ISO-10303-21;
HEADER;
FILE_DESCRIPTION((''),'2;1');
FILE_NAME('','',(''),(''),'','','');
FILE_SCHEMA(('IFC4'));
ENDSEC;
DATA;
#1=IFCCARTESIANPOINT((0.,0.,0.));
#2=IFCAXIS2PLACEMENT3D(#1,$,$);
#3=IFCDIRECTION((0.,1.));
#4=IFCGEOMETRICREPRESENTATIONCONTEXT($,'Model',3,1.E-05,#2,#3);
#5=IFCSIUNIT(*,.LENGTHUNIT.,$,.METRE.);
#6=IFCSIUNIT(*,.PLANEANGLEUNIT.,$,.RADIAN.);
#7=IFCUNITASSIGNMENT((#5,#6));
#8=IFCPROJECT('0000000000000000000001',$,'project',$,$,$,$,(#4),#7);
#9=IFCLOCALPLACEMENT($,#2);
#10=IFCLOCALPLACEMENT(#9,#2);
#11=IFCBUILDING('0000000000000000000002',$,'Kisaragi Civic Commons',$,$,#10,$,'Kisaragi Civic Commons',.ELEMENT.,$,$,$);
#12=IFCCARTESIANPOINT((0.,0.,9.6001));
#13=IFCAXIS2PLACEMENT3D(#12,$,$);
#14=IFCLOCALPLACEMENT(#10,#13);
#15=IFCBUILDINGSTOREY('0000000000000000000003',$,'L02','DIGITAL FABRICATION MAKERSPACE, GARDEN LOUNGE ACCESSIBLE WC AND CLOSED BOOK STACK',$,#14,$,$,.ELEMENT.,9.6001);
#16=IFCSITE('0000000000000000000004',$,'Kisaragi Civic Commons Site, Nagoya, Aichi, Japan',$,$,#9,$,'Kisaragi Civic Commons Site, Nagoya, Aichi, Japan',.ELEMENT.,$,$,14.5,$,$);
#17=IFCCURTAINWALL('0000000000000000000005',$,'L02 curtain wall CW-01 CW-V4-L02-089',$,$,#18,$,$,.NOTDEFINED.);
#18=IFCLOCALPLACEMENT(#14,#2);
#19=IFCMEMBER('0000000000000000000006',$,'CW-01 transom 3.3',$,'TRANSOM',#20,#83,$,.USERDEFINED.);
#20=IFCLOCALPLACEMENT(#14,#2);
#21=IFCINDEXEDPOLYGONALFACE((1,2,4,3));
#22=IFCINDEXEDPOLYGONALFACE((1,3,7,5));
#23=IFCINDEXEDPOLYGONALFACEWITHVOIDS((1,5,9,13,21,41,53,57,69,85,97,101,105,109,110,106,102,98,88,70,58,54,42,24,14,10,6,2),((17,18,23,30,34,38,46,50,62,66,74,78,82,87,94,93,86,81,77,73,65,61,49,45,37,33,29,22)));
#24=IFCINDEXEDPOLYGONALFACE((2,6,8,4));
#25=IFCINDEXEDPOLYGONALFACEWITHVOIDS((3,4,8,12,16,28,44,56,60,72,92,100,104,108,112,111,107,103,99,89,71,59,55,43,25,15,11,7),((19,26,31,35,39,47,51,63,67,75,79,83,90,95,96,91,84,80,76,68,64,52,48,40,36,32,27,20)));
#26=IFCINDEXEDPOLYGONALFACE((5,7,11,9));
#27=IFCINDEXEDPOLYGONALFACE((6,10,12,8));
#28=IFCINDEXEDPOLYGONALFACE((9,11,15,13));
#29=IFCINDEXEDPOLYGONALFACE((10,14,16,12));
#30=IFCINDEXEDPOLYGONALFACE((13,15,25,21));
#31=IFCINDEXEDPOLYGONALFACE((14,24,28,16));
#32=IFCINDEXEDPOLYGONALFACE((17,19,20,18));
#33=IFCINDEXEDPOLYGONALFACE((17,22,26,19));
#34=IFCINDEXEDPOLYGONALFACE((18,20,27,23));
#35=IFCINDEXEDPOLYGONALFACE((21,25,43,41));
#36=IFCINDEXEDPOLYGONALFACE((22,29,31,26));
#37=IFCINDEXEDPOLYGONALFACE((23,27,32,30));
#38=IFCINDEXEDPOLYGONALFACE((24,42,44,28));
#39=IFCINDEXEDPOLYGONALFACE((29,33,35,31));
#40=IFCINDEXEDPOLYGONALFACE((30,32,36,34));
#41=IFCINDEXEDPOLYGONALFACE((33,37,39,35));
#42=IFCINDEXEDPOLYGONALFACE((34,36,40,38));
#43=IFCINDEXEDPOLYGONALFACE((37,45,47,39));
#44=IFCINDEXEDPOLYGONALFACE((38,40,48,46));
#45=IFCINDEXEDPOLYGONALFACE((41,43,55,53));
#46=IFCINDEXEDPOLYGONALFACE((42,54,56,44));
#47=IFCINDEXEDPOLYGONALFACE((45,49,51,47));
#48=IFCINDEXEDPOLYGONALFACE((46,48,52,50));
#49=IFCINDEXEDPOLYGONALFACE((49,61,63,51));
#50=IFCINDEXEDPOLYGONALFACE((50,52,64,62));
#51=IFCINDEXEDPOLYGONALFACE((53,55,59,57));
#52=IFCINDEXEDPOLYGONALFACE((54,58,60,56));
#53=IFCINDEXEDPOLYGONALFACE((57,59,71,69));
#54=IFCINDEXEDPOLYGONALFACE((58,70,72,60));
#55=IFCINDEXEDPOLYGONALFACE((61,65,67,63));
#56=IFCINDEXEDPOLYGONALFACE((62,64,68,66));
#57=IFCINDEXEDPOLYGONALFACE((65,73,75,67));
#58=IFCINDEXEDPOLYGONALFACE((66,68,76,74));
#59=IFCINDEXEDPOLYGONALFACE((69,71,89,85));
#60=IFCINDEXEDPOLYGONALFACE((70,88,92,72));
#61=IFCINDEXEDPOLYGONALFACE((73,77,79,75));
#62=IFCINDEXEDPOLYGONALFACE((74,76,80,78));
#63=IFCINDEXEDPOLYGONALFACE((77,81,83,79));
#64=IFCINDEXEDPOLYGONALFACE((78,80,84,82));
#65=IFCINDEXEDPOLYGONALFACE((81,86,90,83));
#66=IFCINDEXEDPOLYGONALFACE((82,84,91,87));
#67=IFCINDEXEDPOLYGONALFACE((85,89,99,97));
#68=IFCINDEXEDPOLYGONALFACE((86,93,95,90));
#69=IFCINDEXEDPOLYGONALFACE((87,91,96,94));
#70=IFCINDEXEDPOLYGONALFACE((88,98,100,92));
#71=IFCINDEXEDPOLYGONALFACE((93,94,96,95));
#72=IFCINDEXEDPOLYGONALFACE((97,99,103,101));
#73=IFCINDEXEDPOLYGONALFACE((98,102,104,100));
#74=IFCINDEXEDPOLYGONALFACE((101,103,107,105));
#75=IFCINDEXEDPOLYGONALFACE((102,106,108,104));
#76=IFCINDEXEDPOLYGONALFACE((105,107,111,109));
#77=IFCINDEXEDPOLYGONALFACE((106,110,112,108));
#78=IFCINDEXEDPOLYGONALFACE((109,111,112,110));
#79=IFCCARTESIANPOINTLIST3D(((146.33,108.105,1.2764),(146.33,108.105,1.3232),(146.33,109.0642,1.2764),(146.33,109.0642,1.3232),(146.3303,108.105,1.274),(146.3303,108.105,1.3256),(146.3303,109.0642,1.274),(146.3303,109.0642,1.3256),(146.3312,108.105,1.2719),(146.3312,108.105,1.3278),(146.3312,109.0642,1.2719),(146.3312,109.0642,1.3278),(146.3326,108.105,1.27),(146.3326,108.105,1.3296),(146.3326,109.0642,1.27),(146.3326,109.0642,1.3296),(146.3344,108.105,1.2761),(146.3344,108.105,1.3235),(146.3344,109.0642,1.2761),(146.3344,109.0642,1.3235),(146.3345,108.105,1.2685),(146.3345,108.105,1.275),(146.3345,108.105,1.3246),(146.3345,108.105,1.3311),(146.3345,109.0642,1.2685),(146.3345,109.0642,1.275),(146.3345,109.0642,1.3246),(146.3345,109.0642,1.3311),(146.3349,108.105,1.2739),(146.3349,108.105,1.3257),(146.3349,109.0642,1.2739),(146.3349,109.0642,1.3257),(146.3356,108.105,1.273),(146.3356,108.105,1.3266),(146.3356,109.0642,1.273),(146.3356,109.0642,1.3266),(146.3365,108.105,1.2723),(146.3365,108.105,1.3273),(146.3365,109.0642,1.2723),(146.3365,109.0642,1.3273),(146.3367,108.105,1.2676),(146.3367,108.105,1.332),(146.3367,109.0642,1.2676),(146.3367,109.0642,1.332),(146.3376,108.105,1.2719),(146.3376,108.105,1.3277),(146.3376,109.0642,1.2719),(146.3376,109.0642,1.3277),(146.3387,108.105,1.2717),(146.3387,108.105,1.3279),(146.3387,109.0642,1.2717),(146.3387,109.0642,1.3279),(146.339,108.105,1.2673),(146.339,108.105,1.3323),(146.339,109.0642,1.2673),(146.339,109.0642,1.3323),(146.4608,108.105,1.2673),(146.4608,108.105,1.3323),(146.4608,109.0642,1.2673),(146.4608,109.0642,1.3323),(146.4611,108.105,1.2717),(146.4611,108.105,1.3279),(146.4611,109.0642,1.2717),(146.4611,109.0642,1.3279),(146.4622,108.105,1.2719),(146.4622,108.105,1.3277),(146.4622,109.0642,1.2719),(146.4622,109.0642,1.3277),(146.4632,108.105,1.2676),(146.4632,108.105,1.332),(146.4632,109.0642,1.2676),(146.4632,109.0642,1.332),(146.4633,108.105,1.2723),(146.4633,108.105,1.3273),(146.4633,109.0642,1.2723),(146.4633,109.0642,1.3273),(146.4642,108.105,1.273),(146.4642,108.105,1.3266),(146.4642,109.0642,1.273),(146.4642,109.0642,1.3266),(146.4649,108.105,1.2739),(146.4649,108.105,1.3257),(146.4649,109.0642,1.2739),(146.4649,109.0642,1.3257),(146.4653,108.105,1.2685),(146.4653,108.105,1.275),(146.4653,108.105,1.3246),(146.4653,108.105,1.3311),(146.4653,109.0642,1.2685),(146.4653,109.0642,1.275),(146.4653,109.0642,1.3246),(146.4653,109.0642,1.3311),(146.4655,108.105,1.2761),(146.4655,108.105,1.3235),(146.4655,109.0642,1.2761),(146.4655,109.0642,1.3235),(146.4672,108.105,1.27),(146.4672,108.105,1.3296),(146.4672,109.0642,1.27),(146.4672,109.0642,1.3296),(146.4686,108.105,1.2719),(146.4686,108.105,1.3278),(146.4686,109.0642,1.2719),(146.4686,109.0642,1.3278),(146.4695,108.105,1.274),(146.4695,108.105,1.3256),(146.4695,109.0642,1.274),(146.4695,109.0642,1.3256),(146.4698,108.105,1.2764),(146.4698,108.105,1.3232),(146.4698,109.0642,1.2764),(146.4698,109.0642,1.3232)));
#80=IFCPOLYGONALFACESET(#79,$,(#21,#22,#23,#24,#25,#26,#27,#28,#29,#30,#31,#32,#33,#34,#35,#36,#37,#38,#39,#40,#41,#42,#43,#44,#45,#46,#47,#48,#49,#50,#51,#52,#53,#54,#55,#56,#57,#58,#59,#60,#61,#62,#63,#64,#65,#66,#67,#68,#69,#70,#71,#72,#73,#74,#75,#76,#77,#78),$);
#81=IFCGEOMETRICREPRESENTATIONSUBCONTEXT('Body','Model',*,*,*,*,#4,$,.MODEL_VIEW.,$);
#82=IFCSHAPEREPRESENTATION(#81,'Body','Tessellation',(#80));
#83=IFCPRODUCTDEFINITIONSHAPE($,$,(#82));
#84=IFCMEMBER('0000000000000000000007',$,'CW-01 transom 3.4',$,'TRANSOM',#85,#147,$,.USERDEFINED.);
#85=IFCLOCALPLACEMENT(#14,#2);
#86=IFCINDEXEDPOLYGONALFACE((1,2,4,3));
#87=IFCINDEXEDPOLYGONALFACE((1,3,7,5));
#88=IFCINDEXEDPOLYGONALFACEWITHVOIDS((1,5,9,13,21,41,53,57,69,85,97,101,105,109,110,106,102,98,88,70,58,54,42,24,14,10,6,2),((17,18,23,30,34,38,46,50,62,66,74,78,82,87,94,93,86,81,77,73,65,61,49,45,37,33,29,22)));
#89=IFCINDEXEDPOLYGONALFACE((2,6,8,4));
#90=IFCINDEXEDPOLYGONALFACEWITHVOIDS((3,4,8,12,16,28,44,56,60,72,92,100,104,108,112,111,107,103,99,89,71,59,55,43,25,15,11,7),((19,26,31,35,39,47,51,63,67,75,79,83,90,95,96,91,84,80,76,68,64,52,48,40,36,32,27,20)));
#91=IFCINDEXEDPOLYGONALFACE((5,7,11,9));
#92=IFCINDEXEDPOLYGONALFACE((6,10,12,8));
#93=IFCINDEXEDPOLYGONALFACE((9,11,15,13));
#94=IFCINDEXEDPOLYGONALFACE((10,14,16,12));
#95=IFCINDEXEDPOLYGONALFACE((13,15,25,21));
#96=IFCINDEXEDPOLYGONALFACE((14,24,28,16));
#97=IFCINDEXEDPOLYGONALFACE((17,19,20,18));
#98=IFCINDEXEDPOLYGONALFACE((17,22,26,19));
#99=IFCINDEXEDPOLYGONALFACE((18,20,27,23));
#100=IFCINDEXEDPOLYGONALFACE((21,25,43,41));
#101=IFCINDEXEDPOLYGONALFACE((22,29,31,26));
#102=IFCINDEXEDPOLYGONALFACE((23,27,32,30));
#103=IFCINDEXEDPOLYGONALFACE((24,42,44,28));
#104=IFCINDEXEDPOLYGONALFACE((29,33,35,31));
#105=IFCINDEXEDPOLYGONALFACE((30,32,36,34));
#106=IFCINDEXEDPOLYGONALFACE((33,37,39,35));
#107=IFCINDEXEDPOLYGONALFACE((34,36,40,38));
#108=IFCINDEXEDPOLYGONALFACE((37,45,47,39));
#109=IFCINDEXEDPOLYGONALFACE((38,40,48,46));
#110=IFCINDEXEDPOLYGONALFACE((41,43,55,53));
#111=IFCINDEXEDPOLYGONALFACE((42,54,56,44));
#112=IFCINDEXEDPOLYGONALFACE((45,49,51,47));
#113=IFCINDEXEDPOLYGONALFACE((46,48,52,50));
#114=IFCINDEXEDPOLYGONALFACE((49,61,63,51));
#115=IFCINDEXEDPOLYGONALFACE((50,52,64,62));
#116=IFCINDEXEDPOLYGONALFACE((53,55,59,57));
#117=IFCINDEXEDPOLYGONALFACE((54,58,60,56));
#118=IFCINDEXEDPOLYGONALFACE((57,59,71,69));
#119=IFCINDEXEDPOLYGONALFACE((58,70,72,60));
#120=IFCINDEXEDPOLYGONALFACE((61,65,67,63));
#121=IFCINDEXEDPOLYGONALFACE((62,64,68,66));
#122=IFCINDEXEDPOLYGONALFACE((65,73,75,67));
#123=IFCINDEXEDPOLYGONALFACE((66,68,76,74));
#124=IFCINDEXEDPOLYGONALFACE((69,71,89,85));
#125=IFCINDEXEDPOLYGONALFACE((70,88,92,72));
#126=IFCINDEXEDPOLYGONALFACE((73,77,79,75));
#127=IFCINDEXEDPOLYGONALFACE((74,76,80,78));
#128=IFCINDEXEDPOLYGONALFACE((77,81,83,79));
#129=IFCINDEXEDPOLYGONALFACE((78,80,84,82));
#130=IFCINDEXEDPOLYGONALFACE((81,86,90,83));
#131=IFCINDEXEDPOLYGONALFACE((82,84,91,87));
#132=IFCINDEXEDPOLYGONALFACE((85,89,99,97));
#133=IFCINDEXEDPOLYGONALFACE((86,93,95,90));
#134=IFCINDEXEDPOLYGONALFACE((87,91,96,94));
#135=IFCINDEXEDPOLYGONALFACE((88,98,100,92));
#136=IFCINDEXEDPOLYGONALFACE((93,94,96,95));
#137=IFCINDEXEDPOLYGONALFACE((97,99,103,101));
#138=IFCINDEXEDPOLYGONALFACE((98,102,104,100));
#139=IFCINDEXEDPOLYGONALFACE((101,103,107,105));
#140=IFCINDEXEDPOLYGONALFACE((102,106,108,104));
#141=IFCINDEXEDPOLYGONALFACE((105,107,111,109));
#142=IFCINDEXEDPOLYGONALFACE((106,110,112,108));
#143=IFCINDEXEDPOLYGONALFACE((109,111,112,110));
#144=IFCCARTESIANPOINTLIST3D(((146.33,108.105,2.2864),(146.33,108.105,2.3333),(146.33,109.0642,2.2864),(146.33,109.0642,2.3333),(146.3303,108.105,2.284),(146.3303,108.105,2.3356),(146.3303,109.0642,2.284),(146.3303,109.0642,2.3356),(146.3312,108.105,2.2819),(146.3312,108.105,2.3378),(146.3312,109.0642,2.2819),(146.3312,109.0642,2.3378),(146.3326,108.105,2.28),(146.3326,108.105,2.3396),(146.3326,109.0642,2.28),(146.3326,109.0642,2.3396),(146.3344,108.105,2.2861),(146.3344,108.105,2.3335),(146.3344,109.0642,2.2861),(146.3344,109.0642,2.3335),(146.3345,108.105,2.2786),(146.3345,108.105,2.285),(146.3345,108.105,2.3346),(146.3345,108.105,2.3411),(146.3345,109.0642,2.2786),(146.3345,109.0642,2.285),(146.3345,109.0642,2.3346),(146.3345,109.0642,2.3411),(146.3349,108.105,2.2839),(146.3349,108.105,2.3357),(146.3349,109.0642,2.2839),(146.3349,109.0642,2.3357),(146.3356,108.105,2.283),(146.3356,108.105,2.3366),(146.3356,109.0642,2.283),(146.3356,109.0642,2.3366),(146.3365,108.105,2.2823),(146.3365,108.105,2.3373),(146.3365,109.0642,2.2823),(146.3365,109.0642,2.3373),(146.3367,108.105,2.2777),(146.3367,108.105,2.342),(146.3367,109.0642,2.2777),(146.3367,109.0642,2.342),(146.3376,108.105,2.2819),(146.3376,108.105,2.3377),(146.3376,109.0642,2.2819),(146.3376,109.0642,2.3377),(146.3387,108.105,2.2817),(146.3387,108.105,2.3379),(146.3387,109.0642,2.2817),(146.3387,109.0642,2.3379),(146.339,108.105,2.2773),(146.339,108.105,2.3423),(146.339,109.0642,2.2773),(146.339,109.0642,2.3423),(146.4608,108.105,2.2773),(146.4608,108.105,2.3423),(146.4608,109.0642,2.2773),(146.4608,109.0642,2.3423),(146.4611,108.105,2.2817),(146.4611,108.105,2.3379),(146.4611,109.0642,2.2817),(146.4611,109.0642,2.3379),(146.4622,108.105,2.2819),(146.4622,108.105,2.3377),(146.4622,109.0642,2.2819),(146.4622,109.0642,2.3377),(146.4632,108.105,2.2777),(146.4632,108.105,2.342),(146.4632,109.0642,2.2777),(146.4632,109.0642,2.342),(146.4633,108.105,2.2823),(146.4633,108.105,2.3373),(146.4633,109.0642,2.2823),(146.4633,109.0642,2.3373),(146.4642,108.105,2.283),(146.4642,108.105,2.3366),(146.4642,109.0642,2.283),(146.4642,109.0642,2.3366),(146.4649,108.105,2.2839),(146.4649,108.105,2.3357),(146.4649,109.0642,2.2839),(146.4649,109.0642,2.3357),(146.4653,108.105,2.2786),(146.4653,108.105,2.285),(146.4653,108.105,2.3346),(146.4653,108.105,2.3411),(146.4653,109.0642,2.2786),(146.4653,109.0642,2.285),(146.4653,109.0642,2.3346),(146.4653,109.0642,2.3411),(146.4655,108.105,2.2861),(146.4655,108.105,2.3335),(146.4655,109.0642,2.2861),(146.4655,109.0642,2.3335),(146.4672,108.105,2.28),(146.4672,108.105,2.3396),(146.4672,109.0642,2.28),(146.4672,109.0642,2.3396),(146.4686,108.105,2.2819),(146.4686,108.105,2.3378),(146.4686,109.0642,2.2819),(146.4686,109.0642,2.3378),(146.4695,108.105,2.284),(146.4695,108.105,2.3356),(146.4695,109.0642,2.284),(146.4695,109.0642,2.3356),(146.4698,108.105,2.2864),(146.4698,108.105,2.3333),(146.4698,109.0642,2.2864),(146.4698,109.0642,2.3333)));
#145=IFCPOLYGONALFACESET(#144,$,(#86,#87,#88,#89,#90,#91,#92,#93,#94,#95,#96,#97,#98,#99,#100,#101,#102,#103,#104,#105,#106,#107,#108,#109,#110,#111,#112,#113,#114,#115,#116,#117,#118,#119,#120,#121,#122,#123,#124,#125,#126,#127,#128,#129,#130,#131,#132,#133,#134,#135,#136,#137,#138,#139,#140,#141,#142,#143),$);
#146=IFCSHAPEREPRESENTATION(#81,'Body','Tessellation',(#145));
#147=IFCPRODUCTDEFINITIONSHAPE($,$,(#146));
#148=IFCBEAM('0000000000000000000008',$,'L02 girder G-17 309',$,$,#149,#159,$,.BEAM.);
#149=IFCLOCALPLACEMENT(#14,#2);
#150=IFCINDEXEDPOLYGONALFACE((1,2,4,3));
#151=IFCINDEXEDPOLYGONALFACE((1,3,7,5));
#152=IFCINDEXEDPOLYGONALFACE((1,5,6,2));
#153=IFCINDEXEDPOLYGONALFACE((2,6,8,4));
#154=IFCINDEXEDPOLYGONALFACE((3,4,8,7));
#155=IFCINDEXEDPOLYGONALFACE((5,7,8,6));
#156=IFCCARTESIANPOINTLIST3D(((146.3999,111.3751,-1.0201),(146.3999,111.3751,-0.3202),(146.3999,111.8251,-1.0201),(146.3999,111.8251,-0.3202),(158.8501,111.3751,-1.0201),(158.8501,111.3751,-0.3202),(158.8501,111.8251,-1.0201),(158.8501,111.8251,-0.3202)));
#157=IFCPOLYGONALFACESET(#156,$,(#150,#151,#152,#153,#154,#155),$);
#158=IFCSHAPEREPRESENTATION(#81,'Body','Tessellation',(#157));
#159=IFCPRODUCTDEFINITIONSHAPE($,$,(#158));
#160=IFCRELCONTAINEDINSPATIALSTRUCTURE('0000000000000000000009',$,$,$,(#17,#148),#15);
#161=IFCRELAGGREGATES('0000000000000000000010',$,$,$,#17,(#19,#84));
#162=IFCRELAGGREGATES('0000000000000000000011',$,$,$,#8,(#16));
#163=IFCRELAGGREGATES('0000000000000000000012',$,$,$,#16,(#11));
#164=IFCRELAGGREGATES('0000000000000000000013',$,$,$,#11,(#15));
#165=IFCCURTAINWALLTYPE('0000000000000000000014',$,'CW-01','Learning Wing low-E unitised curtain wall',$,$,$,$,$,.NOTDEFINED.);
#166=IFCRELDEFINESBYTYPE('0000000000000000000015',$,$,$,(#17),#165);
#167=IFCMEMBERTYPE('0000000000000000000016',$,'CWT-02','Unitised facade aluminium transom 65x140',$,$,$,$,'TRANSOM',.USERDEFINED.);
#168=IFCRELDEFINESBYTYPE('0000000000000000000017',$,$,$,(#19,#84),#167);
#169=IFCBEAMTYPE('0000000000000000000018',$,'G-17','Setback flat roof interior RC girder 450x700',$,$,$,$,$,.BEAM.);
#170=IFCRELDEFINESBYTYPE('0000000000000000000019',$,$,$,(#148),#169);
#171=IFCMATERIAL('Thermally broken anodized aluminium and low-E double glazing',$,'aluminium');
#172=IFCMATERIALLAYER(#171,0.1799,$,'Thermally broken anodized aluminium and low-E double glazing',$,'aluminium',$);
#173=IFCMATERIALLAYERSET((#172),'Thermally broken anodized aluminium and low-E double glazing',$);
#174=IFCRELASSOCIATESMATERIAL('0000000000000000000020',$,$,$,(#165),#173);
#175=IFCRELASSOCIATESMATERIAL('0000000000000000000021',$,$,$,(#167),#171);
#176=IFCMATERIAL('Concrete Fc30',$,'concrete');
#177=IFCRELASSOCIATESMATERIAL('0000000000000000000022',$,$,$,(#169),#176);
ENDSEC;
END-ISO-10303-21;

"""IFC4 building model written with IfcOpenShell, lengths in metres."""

from ifc_helpers import new_model, si_unit, direction, frame, origin, origin_2d, place, context, subcontext, project, spatial, rectangle, hollow_rectangle, extrude, material, layer, layer_set, material_profile, profile_set, type_object, element, aggregate, save


model = new_model("IFC4")

# Units and contexts
model_context = context("Model", 3, precision=1e-05, world=origin(), true_north=direction((0.0, 1.0)))
body_context = subcontext(model_context, "Body", "Model", "MODEL_VIEW")
ifc_project = project(units=[si_unit("LENGTHUNIT", "METRE"), si_unit("PLANEANGLEUNIT", "RADIAN")], contexts=[model_context])

# Site, building, storey
site_placement = place(None, origin())
site = spatial("IfcSite", under=ifc_project, at=site_placement, Name="Kisaragi Civic Commons Site, Nagoya, Aichi, Japan", LongName="Kisaragi Civic Commons Site, Nagoya, Aichi, Japan", CompositionType="ELEMENT", RefElevation=14.5)
building_placement = place(site_placement, origin())
building = spatial("IfcBuilding", under=site, at=building_placement, Name="Kisaragi Civic Commons", LongName="Kisaragi Civic Commons", CompositionType="ELEMENT")
storey_placement = place(building_placement, frame((0.0, 0.0, 9.6001)))
storey = spatial("IfcBuildingStorey", under=building, at=storey_placement, Name="L02", Description="DIGITAL FABRICATION MAKERSPACE, GARDEN LOUNGE ACCESSIBLE WC AND CLOSED BOOK STACK", CompositionType="ELEMENT", Elevation=9.6001)

# Shared definitions
ifc_material_1 = material(Name="Thermally broken anodized aluminium and low-E double glazing", Category="aluminium")
ifc_layer_1 = layer(ifc_material_1, 0.1799, Name="Thermally broken anodized aluminium and low-E double glazing", Category="aluminium")
ifc_layer_set_1 = layer_set([ifc_layer_1], Name="Thermally broken anodized aluminium and low-E double glazing")
curtain_wall_type = type_object("IfcCurtainWallType", Name="CW-01", Description="Learning Wing low-E unitised curtain wall", PredefinedType="NOTDEFINED", material=ifc_layer_set_1)

# Curtain wall, members
curtain_wall_1_placement = place(storey_placement, origin())
curtain_wall_1 = element("IfcCurtainWall", 1, at=curtain_wall_1_placement, inside=storey, type_object=curtain_wall_type, Name="L02 curtain wall CW-01 CW-V4-L02-089", PredefinedType="NOTDEFINED")
ifc_material_profile_1 = material_profile(ifc_material_1, hollow_rectangle(XDim=0.1399, YDim=0.0649, WallThickness=0.0044, InnerFilletRadius=0.0044, OuterFilletRadius=0.009, at=origin_2d()), Name="CWT-65x140x4.5", Category="aluminium")
ifc_profile_set_1 = profile_set([ifc_material_profile_1], Name="Thermally broken anodized aluminium and low-E double glazing")
member_type_1 = type_object("IfcMemberType", Name="CWT-02", Description="Unitised facade aluminium transom 65x140", ElementType="TRANSOM", PredefinedType="USERDEFINED", material=ifc_profile_set_1)
member_1_placement = place(storey_placement, frame((146.3999, 109.0642, 1.2998), z_axis=(0.0, -1.0, 0.0), x_axis=(1.0, 0.0, 0.0)))
member_1 = element("IfcMember", 2, at=member_1_placement, type_object=member_type_1, Name="CW-01 transom 3.3", ObjectType="TRANSOM", PredefinedType="USERDEFINED", context=body_context, shape_type="SweptSolid", body=[
    extrude(hollow_rectangle(XDim=0.1399, YDim=0.0649, WallThickness=0.0044, InnerFilletRadius=0.0044, OuterFilletRadius=0.009, at=origin_2d()), origin(), (0.0, 0.0, 1.0), 0.9592),
])
member_2_placement = place(storey_placement, frame((146.3999, 109.0642, 2.3098), z_axis=(0.0, -1.0, 0.0), x_axis=(1.0, 0.0, 0.0)))
member_2 = element("IfcMember", 3, at=member_2_placement, type_object=member_type_1, Name="CW-01 transom 3.4", ObjectType="TRANSOM", PredefinedType="USERDEFINED", context=body_context, shape_type="SweptSolid", body=[
    extrude(hollow_rectangle(XDim=0.1399, YDim=0.0649, WallThickness=0.0044, InnerFilletRadius=0.0044, OuterFilletRadius=0.009, at=origin_2d()), origin(), (0.0, 0.0, 1.0), 0.9592),
])

# Beam
ifc_material_2 = material(Name="Concrete Fc30", Category="concrete")
ifc_material_profile_2 = material_profile(ifc_material_2, rectangle(XDim=0.45, YDim=0.7, at=origin_2d()), Name="RC-450x700", Category="concrete")
ifc_profile_set_2 = profile_set([ifc_material_profile_2], Name="Concrete Fc30")
beam_type_1 = type_object("IfcBeamType", Name="G-17", Description="Setback flat roof interior RC girder 450x700", PredefinedType="BEAM", material=ifc_profile_set_2)
beam_1_placement = place(storey_placement, frame((146.3999, 111.6001, -0.6702), z_axis=(1.0, 0.0, 0.0), x_axis=(0.0, 1.0, 0.0)))
element("IfcBeam", 4, at=beam_1_placement, inside=storey, type_object=beam_type_1, Name="L02 girder G-17 309", PredefinedType="BEAM", context=body_context, shape_type="SweptSolid", body=[
    extrude(rectangle(XDim=0.45, YDim=0.7, at=origin_2d()), origin(), (0.0, 0.0, 1.0), 12.4502),
])

aggregate(curtain_wall_1, [member_1, member_2])

save(model, "model.ifc")
